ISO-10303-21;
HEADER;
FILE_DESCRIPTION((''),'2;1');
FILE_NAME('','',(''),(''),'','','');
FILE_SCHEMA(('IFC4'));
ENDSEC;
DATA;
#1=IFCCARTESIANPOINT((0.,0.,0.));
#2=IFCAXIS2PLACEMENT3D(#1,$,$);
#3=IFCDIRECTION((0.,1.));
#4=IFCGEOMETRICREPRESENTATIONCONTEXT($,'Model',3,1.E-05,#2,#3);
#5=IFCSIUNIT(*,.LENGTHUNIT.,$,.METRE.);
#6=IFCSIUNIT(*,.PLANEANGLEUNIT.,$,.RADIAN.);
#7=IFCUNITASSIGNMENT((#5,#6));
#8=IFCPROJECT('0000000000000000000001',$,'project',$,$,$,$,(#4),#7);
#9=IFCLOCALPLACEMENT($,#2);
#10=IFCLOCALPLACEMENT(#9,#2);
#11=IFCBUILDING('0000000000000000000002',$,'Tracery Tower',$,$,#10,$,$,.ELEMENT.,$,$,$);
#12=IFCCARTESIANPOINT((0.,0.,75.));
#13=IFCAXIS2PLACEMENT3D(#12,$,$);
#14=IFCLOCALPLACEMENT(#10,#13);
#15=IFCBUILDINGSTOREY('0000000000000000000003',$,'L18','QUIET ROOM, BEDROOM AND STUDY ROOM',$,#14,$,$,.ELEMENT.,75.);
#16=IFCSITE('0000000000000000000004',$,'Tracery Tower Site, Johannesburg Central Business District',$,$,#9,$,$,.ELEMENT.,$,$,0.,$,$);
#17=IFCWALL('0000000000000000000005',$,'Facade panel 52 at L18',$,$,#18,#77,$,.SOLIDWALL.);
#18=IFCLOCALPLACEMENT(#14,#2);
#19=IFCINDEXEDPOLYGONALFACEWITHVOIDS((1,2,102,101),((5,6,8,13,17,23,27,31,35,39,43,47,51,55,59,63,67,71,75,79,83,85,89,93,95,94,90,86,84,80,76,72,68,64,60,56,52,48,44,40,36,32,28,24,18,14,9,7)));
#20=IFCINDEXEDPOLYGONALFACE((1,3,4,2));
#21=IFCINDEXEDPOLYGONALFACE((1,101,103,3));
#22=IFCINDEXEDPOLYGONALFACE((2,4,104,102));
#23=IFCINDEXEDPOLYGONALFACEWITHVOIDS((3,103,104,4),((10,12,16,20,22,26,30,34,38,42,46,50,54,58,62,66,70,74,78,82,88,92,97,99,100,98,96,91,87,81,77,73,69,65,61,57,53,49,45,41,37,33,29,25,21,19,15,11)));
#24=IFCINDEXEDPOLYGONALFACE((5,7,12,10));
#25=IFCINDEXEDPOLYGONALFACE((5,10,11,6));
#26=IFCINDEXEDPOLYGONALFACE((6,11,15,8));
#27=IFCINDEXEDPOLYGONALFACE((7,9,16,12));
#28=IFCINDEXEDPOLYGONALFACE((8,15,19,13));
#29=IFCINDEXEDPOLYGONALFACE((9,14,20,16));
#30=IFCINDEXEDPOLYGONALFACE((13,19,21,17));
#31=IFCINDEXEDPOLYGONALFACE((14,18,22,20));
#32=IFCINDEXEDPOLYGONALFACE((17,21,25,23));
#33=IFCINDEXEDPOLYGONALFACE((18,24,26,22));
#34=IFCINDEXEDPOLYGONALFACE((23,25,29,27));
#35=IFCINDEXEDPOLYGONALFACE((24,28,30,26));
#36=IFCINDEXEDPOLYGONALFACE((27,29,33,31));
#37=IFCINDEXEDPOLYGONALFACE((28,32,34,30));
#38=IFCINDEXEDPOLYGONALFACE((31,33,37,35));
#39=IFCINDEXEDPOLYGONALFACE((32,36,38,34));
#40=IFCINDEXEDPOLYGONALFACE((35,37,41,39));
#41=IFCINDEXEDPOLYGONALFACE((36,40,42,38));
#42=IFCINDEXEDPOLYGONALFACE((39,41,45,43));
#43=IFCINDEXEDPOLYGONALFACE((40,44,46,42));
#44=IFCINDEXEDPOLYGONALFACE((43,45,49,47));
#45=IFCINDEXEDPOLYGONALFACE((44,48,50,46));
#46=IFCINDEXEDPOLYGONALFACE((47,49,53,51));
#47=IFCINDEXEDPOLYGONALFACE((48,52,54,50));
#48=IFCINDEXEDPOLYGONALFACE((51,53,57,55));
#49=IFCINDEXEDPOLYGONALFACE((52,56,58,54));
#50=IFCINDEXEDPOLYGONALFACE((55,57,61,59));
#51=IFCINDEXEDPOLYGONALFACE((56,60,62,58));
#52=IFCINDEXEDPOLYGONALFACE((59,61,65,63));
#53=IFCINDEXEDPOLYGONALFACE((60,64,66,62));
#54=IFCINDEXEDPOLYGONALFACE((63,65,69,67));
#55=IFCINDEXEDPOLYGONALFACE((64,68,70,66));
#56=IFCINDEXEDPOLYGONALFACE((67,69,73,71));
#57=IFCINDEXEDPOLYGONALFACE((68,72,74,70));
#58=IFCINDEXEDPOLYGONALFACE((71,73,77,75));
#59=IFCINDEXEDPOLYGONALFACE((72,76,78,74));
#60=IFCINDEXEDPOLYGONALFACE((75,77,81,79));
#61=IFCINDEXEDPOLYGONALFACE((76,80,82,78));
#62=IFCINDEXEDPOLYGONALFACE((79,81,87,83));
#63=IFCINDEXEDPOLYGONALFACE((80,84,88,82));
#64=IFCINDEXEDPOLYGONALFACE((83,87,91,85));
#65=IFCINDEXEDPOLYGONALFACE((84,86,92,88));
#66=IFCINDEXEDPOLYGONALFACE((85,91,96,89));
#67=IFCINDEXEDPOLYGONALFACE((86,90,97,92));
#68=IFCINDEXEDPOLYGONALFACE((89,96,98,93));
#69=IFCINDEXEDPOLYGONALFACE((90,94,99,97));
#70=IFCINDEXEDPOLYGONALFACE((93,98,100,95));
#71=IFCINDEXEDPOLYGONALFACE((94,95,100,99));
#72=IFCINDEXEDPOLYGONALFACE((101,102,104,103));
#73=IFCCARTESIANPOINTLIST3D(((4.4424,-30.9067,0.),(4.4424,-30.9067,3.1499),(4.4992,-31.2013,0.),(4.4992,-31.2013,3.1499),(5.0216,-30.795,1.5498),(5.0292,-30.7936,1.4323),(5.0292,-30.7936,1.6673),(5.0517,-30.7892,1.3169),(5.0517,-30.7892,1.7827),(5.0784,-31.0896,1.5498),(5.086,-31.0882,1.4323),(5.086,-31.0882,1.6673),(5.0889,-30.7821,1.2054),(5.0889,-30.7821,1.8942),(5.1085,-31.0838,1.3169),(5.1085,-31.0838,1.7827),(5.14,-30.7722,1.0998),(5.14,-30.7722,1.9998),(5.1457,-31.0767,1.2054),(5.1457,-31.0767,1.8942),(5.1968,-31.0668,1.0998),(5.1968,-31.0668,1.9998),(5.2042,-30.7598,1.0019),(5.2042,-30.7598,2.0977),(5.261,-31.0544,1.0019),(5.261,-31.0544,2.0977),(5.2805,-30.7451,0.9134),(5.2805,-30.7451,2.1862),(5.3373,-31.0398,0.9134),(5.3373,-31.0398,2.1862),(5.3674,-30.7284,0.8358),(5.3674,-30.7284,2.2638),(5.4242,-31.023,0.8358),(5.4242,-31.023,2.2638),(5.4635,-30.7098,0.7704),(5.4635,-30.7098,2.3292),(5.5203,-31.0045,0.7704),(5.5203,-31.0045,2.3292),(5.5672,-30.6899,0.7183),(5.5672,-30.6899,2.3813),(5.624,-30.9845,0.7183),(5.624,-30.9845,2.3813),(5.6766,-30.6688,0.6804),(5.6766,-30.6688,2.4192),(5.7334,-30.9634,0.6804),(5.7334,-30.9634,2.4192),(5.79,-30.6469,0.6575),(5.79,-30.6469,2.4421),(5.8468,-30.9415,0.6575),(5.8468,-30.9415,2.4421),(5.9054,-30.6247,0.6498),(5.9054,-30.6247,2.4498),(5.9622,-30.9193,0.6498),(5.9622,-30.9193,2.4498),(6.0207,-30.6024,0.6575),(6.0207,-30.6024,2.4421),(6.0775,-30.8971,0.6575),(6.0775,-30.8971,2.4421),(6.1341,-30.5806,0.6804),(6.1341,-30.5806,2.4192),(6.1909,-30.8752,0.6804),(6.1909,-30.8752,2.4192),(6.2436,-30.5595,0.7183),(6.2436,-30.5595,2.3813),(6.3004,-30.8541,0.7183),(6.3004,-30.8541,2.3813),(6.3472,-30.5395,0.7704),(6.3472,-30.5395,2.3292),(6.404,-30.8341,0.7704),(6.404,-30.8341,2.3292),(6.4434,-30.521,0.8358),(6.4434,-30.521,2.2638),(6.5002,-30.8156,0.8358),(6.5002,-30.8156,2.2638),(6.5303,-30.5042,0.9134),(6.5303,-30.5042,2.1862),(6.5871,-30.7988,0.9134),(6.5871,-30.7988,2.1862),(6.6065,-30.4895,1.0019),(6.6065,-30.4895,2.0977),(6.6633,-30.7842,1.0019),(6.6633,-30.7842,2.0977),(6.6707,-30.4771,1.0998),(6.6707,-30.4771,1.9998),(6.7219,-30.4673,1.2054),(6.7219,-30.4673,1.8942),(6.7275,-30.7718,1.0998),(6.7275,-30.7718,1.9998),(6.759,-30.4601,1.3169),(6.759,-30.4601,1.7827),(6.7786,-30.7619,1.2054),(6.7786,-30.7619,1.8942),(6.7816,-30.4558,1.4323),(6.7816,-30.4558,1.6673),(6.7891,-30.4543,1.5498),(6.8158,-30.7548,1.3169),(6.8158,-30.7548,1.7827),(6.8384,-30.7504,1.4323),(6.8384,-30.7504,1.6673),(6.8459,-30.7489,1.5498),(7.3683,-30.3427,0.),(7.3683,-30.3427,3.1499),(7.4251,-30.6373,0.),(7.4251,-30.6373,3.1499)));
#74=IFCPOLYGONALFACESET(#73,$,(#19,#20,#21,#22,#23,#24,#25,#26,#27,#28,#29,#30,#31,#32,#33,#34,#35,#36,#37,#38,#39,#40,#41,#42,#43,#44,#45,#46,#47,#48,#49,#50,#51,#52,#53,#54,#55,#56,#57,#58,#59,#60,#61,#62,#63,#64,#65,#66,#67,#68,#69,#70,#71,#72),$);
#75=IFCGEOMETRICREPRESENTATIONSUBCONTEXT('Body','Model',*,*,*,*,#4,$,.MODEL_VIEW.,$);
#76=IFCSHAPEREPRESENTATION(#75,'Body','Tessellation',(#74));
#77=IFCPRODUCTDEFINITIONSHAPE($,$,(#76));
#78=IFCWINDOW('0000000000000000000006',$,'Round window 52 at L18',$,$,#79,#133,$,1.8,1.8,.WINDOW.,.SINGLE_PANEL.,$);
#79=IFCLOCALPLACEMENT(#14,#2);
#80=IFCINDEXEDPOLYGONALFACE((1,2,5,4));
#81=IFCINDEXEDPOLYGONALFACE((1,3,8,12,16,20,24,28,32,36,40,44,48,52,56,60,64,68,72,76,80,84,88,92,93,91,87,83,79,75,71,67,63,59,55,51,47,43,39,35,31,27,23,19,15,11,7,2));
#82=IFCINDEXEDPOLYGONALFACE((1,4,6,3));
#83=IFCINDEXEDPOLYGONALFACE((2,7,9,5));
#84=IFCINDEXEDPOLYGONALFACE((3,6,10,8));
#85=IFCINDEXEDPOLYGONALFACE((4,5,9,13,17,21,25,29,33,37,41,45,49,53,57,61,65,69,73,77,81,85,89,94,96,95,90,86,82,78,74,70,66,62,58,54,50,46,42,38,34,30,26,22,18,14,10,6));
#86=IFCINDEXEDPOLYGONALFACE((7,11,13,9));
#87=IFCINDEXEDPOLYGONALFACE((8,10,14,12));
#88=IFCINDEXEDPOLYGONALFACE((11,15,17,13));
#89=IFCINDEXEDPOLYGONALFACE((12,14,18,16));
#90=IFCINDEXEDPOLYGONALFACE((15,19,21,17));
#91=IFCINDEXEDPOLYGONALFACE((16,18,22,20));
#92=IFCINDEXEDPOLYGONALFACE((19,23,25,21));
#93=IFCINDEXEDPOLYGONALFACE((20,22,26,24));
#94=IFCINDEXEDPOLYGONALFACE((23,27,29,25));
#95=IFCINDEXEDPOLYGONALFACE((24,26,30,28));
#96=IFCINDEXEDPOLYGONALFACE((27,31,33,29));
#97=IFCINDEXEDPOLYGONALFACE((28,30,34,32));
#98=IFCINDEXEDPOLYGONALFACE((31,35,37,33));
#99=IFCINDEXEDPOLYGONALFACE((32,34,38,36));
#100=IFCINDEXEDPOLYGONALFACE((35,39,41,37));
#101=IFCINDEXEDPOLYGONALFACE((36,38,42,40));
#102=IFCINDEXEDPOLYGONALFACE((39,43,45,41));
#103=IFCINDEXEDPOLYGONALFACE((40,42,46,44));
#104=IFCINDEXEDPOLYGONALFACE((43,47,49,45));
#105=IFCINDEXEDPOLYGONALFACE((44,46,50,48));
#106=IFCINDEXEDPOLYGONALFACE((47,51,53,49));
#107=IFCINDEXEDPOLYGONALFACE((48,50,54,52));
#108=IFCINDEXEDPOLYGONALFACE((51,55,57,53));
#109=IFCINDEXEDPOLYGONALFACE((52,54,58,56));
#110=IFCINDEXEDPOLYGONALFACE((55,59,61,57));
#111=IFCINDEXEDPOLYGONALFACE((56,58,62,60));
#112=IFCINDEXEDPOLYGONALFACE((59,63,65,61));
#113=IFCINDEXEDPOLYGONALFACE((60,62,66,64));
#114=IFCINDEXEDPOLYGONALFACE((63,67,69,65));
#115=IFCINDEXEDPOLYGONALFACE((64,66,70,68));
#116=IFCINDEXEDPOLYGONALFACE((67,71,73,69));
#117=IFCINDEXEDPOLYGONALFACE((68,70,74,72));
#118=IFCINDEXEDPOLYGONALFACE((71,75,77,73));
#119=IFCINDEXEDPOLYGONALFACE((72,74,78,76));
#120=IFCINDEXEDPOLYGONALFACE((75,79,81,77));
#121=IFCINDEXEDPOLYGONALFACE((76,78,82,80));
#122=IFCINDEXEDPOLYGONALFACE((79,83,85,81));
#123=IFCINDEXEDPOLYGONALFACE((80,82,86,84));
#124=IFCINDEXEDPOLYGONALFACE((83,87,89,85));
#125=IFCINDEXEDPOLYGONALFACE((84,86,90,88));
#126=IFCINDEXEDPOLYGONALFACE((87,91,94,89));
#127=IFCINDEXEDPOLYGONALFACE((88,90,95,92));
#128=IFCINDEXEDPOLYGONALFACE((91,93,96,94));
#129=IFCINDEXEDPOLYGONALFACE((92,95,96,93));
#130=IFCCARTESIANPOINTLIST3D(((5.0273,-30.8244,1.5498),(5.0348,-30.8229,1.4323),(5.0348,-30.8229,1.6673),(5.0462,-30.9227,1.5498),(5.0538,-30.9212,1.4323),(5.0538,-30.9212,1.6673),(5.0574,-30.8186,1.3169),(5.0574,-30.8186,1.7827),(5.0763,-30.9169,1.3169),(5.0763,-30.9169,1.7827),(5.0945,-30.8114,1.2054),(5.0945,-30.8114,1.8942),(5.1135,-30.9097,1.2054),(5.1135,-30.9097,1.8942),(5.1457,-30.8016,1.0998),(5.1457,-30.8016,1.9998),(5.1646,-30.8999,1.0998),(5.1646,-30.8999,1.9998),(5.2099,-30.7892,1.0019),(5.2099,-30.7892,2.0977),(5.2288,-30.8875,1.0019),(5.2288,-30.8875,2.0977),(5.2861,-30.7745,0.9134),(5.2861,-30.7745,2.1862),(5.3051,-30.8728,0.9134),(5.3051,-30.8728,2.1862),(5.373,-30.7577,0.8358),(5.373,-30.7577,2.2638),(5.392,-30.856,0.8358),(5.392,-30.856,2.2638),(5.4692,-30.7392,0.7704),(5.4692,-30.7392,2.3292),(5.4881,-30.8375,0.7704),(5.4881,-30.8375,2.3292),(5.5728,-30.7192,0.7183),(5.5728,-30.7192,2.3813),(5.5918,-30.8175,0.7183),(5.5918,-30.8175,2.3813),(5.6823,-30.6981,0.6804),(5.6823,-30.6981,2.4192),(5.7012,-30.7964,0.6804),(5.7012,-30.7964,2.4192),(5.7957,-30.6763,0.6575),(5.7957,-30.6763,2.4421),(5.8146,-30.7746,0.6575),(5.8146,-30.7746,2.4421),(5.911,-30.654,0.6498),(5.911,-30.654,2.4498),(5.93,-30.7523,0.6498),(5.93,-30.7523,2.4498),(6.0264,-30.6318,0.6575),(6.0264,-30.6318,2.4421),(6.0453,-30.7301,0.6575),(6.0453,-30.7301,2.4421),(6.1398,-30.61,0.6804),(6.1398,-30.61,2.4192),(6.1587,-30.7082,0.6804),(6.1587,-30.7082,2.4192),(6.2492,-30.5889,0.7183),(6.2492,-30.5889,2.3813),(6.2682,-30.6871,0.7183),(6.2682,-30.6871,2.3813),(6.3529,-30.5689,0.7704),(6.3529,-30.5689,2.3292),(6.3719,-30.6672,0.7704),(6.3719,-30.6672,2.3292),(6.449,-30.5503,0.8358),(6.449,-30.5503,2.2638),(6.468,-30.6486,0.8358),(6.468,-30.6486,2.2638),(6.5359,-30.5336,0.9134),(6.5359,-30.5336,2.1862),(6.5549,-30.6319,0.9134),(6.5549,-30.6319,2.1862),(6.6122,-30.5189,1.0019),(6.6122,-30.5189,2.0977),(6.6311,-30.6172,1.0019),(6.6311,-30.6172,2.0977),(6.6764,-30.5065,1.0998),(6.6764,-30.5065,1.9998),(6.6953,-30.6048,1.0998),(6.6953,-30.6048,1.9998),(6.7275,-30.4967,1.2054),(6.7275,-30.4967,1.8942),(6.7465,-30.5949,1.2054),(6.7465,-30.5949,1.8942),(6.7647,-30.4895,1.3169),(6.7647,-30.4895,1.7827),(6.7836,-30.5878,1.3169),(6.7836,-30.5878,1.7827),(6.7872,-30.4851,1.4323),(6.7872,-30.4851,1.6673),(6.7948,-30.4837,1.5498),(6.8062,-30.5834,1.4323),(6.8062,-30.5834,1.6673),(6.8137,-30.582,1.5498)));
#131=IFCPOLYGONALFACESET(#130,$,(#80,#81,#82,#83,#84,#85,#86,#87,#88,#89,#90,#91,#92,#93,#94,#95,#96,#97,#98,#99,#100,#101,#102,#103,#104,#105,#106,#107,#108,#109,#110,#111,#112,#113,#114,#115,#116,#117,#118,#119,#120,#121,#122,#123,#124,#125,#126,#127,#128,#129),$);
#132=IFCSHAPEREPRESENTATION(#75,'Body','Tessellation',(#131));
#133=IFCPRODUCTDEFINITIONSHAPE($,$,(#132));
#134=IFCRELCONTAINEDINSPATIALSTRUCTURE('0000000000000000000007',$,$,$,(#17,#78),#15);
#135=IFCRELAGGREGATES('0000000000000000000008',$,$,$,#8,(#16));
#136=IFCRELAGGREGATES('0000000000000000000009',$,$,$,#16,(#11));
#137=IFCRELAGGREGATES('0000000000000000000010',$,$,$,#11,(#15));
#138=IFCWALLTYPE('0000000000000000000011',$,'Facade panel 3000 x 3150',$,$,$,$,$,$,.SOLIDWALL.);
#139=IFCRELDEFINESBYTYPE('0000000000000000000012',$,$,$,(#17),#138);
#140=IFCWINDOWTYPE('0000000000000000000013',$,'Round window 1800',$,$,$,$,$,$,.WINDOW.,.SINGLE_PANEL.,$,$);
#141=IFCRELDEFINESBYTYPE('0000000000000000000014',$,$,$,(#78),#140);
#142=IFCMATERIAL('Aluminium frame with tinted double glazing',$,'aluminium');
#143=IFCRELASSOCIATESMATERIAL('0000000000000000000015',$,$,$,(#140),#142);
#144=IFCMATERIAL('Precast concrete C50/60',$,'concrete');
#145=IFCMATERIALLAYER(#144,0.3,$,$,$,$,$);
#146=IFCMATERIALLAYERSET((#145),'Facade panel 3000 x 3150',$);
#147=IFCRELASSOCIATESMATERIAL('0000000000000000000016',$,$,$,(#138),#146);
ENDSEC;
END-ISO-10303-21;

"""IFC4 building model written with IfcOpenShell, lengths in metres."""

from ifc_helpers import new_model, si_unit, direction, frame, frame_2d, origin, origin_2d, place, context, subcontext, project, spatial, rectangle, circle, extrude, material, layer, layer_set, type_object, element, fill, save


model = new_model("IFC4")

# Units and contexts
model_context = context("Model", 3, precision=1e-05, world=origin(), true_north=direction((0.0, 1.0)))
body_context = subcontext(model_context, "Body", "Model", "MODEL_VIEW")
ifc_project = project(units=[si_unit("LENGTHUNIT", "METRE"), si_unit("PLANEANGLEUNIT", "RADIAN")], contexts=[model_context])

# Site, building, storey
site_placement = place(None, origin())
site = spatial("IfcSite", under=ifc_project, at=site_placement, Name="Tracery Tower Site, Johannesburg Central Business District", CompositionType="ELEMENT", RefElevation=0.0)
building_placement = place(site_placement, origin())
building = spatial("IfcBuilding", under=site, at=building_placement, Name="Tracery Tower", CompositionType="ELEMENT")
storey_placement = place(building_placement, frame((0.0, 0.0, 75.0)))
storey = spatial("IfcBuildingStorey", under=building, at=storey_placement, Name="L18", Description="QUIET ROOM, BEDROOM AND STUDY ROOM", CompositionType="ELEMENT", Elevation=75.0)

# Wall, opening, window
ifc_material_1 = material(Name="Aluminium frame with tinted double glazing", Category="aluminium")
window_type = type_object("IfcWindowType", Name="Round window 1800", PartitioningType="SINGLE_PANEL", PredefinedType="WINDOW", material=ifc_material_1)
ifc_material_2 = material(Name="Precast concrete C50/60", Category="concrete")
ifc_layer_1 = layer(ifc_material_2, 0.3)
ifc_layer_set_1 = layer_set([ifc_layer_1], Name="Facade panel 3000 x 3150")
wall_type_1 = type_object("IfcWallType", Name="Facade panel 3000 x 3150", PredefinedType="SOLIDWALL", material=ifc_layer_set_1)
wall_1_placement = place(storey_placement, frame((4.4709, -31.054, 0.0), z_axis=(0.0, 0.0, 1.0), x_axis=(0.981925, 0.189273, 0.0)))
wall_1 = element("IfcWall", 1, at=wall_1_placement, inside=storey, type_object=wall_type_1, Name="Facade panel 52 at L18", PredefinedType="SOLIDWALL", context=body_context, shape_type="SweptSolid", body=[
    extrude(rectangle(XDim=2.9797, YDim=0.3, at=frame_2d((1.4897, 0.0))), origin(), (0.0, 0.0, 1.0), 3.1499),
])
opening_1_placement = place(wall_1_placement, frame((1.4897, 0.0, 1.5498)))
opening_1 = element("IfcOpeningElement", 2, at=opening_1_placement, cuts=wall_1, PredefinedType="OPENING", context=body_context, shape_type="SweptSolid", body=[
    extrude(circle(Radius=0.9, at=origin_2d()), frame((0.0, 0.1599, 0.0), z_axis=(0.0, -1.0, 0.0), x_axis=(1.0, 0.0, 0.0)), (0.0, 0.0, 1.0), 0.3201),
])
window_1_placement = place(opening_1_placement, origin())
window_1 = element("IfcWindow", 3, at=window_1_placement, inside=storey, type_object=window_type, Name="Round window 52 at L18", OverallHeight=1.8, OverallWidth=1.8, PartitioningType="SINGLE_PANEL", PredefinedType="WINDOW", context=body_context, shape_type="SweptSolid", body=[
    extrude(circle(Radius=0.9, at=origin_2d()), frame((0.0, 0.1201, 0.0), z_axis=(0.0, -1.0, 0.0), x_axis=(1.0, 0.0, 0.0)), (0.0, 0.0, 1.0), 0.1001),
])
fill(opening_1, window_1)

save(model, "model.ifc")
